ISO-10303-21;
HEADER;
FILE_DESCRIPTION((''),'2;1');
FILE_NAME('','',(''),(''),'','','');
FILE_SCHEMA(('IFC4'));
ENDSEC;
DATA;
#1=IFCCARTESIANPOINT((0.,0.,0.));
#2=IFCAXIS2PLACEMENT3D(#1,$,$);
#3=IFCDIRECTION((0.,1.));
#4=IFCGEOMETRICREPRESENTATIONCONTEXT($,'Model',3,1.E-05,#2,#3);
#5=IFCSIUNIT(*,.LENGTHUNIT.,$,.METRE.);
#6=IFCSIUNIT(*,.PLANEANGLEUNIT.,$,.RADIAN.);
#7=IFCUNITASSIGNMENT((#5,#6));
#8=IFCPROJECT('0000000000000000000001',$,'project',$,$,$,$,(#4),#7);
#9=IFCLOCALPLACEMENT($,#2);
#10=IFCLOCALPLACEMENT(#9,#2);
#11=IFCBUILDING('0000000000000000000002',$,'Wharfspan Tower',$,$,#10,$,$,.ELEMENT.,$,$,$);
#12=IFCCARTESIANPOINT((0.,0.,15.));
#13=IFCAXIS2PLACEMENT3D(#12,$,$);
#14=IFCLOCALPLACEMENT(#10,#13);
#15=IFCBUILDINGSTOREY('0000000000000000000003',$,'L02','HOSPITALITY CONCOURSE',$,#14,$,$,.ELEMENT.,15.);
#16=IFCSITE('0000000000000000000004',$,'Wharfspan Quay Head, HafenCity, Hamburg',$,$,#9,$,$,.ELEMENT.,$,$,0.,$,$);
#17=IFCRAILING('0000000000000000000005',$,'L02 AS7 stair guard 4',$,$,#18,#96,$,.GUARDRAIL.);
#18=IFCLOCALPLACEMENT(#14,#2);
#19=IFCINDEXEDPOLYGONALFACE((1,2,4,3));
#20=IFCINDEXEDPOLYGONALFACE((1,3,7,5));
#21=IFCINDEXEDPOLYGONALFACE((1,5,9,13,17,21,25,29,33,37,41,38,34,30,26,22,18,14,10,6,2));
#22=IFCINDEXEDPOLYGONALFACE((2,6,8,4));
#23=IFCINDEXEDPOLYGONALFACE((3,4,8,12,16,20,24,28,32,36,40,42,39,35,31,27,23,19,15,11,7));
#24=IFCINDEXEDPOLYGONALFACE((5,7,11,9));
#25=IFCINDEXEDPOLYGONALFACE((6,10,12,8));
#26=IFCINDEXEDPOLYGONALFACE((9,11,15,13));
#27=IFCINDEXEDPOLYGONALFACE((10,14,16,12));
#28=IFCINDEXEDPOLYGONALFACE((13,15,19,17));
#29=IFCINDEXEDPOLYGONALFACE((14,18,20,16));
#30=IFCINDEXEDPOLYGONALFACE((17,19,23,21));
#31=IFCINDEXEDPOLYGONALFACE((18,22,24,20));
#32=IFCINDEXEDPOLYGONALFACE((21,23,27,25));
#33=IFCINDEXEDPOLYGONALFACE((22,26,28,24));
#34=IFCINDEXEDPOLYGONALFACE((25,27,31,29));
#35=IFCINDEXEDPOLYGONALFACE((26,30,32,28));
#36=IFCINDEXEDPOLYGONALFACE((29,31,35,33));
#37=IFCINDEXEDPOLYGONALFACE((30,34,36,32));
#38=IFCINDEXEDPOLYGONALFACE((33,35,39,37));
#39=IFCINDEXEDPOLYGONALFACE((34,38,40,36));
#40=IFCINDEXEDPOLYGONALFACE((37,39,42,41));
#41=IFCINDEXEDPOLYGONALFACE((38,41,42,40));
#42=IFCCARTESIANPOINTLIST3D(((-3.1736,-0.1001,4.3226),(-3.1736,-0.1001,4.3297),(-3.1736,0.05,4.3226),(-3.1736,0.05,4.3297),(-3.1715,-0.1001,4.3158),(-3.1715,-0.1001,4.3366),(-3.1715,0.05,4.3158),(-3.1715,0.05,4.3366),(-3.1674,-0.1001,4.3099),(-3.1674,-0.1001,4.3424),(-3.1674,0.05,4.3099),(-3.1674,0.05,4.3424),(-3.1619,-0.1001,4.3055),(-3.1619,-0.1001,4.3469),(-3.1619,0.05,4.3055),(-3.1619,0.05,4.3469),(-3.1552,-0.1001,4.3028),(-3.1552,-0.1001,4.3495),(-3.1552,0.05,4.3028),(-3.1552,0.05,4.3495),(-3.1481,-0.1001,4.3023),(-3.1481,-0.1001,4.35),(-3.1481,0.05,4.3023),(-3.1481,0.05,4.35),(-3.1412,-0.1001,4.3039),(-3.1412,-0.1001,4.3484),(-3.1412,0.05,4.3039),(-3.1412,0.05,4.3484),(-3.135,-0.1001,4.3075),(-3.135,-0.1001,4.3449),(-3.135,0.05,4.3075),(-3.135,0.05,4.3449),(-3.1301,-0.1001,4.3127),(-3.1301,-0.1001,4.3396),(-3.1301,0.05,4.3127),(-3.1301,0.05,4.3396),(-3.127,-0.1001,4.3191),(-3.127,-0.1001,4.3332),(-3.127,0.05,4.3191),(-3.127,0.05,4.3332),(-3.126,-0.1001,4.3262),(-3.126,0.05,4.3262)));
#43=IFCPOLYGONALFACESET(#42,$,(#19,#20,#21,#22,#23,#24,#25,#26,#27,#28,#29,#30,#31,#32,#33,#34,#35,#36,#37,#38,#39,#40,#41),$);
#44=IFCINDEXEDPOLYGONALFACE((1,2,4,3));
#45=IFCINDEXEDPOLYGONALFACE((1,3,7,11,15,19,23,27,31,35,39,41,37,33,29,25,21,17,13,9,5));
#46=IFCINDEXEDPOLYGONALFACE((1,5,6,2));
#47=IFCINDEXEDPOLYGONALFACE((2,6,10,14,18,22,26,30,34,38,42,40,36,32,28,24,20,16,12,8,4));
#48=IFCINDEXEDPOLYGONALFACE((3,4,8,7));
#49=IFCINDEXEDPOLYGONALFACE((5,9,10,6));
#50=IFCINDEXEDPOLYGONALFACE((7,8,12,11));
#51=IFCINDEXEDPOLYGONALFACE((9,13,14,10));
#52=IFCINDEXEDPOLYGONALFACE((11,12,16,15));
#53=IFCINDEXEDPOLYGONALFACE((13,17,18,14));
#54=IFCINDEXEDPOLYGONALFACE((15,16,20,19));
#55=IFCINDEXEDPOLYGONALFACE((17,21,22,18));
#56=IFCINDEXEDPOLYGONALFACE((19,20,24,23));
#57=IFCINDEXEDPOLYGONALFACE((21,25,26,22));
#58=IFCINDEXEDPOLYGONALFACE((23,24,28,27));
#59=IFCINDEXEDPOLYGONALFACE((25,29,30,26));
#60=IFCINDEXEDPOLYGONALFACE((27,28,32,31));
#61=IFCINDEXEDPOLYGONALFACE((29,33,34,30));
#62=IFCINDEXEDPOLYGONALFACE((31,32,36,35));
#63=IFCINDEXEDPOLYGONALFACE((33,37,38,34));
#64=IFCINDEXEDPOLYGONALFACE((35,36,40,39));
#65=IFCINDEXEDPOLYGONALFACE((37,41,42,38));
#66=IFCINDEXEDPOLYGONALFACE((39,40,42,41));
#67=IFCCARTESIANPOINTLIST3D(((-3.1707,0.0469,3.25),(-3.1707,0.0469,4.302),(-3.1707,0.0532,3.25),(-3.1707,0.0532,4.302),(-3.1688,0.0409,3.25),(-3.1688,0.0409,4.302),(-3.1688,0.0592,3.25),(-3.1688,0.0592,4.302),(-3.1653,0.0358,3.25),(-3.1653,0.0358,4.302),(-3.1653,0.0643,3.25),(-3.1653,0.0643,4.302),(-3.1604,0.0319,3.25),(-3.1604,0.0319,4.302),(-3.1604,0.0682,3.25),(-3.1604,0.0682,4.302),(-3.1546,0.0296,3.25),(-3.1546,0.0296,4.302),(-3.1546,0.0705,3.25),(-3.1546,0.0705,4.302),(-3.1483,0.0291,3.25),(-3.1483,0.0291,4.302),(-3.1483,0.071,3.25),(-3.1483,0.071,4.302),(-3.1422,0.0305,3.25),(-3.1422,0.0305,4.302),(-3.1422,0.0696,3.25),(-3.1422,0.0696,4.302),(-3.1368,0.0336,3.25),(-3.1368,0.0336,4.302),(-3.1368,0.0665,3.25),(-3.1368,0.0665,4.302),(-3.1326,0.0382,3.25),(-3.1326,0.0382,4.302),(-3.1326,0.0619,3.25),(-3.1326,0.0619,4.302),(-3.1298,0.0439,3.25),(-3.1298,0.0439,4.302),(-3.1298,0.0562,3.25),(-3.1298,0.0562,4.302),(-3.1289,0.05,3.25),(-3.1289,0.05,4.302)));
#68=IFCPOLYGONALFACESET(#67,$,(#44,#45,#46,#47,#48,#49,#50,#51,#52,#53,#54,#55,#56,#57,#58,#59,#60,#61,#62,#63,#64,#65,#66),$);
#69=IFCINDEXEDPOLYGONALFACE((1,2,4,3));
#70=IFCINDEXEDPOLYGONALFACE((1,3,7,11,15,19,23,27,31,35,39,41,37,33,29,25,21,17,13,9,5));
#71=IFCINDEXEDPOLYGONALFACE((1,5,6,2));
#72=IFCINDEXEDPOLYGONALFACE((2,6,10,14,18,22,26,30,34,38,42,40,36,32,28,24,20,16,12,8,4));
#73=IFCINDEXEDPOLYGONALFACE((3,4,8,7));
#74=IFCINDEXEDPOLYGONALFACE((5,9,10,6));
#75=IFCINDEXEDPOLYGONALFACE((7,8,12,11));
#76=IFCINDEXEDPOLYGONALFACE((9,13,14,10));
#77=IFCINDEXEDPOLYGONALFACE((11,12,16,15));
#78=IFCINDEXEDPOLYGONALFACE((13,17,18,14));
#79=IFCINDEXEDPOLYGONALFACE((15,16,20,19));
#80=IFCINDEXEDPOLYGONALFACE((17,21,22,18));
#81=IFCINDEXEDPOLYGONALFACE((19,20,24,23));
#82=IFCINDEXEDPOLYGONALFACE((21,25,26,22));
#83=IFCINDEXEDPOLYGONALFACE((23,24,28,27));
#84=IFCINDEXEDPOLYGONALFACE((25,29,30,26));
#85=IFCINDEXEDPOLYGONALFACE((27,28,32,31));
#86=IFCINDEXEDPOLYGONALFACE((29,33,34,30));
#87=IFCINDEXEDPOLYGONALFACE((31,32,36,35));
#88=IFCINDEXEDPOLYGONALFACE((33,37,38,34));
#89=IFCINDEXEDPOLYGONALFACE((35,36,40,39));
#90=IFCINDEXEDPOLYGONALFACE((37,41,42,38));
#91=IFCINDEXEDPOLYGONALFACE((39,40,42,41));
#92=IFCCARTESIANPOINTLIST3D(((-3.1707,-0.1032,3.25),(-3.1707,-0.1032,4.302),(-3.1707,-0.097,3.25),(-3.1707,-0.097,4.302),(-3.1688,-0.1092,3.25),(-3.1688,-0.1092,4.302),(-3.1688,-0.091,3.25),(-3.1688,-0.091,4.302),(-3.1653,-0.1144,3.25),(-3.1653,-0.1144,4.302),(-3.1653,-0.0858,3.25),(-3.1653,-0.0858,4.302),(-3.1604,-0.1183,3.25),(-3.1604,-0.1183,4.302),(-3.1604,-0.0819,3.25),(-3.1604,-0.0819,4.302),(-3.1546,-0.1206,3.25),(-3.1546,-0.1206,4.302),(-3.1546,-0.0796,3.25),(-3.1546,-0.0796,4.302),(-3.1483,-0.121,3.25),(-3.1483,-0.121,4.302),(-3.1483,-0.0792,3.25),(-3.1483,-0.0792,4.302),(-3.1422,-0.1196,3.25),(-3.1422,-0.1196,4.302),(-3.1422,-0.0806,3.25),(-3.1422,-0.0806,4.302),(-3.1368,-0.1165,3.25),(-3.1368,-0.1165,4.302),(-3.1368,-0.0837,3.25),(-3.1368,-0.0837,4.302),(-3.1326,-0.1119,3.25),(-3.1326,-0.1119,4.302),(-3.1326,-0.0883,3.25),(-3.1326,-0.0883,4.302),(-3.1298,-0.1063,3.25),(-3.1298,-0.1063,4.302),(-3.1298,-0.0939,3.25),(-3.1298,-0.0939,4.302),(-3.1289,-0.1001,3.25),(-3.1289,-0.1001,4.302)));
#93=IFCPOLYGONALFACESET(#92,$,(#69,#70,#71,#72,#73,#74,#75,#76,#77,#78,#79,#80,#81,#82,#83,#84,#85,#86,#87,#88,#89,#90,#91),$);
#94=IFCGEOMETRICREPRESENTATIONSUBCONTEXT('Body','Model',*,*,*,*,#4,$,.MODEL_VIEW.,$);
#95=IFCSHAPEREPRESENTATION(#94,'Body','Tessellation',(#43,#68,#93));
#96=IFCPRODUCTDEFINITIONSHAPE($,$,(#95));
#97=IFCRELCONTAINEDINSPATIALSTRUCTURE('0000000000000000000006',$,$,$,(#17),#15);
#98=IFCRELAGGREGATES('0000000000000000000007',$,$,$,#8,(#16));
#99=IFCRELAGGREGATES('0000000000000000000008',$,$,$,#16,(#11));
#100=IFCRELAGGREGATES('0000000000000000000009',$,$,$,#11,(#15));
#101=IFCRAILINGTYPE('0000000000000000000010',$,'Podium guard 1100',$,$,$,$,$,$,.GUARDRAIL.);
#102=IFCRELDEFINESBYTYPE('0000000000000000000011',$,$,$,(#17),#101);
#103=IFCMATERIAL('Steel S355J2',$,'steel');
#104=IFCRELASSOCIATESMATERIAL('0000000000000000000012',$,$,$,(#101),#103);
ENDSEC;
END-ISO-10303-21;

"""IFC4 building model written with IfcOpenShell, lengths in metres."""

from ifc_helpers import new_model, si_unit, direction, frame, origin, origin_2d, place, context, subcontext, project, spatial, circle, extrude, material, type_object, element, save


model = new_model("IFC4")

# Units and contexts
model_context = context("Model", 3, precision=1e-05, world=origin(), true_north=direction((0.0, 1.0)))
body_context = subcontext(model_context, "Body", "Model", "MODEL_VIEW")
ifc_project = project(units=[si_unit("LENGTHUNIT", "METRE"), si_unit("PLANEANGLEUNIT", "RADIAN")], contexts=[model_context])

# Site, building, storey
site_placement = place(None, origin())
site = spatial("IfcSite", under=ifc_project, at=site_placement, Name="Wharfspan Quay Head, HafenCity, Hamburg", CompositionType="ELEMENT", RefElevation=0.0)
building_placement = place(site_placement, origin())
building = spatial("IfcBuilding", under=site, at=building_placement, Name="Wharfspan Tower", CompositionType="ELEMENT")
storey_placement = place(building_placement, frame((0.0, 0.0, 15.0)))
storey = spatial("IfcBuildingStorey", under=building, at=storey_placement, Name="L02", Description="HOSPITALITY CONCOURSE", CompositionType="ELEMENT", Elevation=15.0)

# Railing
ifc_material_1 = material(Name="Steel S355J2", Category="steel")
railing_type_1 = type_object("IfcRailingType", Name="Podium guard 1100", PredefinedType="GUARDRAIL", material=ifc_material_1)
railing_1_placement = place(storey_placement, frame((-3.1499, 0.05, 3.25)))
element("IfcRailing", 1, at=railing_1_placement, inside=storey, type_object=railing_type_1, Name="L02 AS7 stair guard 4", PredefinedType="GUARDRAIL", context=body_context, shape_type="SweptSolid", body=[
    extrude(circle(Radius=0.0239, at=origin_2d()), frame((0.0, 0.0, 1.0762), z_axis=(0.0, -1.0, 0.0), x_axis=(1.0, 0.0, 0.0)), (0.0, 0.0, 1.0), 0.1501),
    extrude(circle(Radius=0.021, at=origin_2d()), origin(), (0.0, 0.0, 1.0), 1.052),
    extrude(circle(Radius=0.021, at=origin_2d()), frame((0.0, -0.1501, 0.0)), (0.0, 0.0, 1.0), 1.052),
])

save(model, "model.ifc")
